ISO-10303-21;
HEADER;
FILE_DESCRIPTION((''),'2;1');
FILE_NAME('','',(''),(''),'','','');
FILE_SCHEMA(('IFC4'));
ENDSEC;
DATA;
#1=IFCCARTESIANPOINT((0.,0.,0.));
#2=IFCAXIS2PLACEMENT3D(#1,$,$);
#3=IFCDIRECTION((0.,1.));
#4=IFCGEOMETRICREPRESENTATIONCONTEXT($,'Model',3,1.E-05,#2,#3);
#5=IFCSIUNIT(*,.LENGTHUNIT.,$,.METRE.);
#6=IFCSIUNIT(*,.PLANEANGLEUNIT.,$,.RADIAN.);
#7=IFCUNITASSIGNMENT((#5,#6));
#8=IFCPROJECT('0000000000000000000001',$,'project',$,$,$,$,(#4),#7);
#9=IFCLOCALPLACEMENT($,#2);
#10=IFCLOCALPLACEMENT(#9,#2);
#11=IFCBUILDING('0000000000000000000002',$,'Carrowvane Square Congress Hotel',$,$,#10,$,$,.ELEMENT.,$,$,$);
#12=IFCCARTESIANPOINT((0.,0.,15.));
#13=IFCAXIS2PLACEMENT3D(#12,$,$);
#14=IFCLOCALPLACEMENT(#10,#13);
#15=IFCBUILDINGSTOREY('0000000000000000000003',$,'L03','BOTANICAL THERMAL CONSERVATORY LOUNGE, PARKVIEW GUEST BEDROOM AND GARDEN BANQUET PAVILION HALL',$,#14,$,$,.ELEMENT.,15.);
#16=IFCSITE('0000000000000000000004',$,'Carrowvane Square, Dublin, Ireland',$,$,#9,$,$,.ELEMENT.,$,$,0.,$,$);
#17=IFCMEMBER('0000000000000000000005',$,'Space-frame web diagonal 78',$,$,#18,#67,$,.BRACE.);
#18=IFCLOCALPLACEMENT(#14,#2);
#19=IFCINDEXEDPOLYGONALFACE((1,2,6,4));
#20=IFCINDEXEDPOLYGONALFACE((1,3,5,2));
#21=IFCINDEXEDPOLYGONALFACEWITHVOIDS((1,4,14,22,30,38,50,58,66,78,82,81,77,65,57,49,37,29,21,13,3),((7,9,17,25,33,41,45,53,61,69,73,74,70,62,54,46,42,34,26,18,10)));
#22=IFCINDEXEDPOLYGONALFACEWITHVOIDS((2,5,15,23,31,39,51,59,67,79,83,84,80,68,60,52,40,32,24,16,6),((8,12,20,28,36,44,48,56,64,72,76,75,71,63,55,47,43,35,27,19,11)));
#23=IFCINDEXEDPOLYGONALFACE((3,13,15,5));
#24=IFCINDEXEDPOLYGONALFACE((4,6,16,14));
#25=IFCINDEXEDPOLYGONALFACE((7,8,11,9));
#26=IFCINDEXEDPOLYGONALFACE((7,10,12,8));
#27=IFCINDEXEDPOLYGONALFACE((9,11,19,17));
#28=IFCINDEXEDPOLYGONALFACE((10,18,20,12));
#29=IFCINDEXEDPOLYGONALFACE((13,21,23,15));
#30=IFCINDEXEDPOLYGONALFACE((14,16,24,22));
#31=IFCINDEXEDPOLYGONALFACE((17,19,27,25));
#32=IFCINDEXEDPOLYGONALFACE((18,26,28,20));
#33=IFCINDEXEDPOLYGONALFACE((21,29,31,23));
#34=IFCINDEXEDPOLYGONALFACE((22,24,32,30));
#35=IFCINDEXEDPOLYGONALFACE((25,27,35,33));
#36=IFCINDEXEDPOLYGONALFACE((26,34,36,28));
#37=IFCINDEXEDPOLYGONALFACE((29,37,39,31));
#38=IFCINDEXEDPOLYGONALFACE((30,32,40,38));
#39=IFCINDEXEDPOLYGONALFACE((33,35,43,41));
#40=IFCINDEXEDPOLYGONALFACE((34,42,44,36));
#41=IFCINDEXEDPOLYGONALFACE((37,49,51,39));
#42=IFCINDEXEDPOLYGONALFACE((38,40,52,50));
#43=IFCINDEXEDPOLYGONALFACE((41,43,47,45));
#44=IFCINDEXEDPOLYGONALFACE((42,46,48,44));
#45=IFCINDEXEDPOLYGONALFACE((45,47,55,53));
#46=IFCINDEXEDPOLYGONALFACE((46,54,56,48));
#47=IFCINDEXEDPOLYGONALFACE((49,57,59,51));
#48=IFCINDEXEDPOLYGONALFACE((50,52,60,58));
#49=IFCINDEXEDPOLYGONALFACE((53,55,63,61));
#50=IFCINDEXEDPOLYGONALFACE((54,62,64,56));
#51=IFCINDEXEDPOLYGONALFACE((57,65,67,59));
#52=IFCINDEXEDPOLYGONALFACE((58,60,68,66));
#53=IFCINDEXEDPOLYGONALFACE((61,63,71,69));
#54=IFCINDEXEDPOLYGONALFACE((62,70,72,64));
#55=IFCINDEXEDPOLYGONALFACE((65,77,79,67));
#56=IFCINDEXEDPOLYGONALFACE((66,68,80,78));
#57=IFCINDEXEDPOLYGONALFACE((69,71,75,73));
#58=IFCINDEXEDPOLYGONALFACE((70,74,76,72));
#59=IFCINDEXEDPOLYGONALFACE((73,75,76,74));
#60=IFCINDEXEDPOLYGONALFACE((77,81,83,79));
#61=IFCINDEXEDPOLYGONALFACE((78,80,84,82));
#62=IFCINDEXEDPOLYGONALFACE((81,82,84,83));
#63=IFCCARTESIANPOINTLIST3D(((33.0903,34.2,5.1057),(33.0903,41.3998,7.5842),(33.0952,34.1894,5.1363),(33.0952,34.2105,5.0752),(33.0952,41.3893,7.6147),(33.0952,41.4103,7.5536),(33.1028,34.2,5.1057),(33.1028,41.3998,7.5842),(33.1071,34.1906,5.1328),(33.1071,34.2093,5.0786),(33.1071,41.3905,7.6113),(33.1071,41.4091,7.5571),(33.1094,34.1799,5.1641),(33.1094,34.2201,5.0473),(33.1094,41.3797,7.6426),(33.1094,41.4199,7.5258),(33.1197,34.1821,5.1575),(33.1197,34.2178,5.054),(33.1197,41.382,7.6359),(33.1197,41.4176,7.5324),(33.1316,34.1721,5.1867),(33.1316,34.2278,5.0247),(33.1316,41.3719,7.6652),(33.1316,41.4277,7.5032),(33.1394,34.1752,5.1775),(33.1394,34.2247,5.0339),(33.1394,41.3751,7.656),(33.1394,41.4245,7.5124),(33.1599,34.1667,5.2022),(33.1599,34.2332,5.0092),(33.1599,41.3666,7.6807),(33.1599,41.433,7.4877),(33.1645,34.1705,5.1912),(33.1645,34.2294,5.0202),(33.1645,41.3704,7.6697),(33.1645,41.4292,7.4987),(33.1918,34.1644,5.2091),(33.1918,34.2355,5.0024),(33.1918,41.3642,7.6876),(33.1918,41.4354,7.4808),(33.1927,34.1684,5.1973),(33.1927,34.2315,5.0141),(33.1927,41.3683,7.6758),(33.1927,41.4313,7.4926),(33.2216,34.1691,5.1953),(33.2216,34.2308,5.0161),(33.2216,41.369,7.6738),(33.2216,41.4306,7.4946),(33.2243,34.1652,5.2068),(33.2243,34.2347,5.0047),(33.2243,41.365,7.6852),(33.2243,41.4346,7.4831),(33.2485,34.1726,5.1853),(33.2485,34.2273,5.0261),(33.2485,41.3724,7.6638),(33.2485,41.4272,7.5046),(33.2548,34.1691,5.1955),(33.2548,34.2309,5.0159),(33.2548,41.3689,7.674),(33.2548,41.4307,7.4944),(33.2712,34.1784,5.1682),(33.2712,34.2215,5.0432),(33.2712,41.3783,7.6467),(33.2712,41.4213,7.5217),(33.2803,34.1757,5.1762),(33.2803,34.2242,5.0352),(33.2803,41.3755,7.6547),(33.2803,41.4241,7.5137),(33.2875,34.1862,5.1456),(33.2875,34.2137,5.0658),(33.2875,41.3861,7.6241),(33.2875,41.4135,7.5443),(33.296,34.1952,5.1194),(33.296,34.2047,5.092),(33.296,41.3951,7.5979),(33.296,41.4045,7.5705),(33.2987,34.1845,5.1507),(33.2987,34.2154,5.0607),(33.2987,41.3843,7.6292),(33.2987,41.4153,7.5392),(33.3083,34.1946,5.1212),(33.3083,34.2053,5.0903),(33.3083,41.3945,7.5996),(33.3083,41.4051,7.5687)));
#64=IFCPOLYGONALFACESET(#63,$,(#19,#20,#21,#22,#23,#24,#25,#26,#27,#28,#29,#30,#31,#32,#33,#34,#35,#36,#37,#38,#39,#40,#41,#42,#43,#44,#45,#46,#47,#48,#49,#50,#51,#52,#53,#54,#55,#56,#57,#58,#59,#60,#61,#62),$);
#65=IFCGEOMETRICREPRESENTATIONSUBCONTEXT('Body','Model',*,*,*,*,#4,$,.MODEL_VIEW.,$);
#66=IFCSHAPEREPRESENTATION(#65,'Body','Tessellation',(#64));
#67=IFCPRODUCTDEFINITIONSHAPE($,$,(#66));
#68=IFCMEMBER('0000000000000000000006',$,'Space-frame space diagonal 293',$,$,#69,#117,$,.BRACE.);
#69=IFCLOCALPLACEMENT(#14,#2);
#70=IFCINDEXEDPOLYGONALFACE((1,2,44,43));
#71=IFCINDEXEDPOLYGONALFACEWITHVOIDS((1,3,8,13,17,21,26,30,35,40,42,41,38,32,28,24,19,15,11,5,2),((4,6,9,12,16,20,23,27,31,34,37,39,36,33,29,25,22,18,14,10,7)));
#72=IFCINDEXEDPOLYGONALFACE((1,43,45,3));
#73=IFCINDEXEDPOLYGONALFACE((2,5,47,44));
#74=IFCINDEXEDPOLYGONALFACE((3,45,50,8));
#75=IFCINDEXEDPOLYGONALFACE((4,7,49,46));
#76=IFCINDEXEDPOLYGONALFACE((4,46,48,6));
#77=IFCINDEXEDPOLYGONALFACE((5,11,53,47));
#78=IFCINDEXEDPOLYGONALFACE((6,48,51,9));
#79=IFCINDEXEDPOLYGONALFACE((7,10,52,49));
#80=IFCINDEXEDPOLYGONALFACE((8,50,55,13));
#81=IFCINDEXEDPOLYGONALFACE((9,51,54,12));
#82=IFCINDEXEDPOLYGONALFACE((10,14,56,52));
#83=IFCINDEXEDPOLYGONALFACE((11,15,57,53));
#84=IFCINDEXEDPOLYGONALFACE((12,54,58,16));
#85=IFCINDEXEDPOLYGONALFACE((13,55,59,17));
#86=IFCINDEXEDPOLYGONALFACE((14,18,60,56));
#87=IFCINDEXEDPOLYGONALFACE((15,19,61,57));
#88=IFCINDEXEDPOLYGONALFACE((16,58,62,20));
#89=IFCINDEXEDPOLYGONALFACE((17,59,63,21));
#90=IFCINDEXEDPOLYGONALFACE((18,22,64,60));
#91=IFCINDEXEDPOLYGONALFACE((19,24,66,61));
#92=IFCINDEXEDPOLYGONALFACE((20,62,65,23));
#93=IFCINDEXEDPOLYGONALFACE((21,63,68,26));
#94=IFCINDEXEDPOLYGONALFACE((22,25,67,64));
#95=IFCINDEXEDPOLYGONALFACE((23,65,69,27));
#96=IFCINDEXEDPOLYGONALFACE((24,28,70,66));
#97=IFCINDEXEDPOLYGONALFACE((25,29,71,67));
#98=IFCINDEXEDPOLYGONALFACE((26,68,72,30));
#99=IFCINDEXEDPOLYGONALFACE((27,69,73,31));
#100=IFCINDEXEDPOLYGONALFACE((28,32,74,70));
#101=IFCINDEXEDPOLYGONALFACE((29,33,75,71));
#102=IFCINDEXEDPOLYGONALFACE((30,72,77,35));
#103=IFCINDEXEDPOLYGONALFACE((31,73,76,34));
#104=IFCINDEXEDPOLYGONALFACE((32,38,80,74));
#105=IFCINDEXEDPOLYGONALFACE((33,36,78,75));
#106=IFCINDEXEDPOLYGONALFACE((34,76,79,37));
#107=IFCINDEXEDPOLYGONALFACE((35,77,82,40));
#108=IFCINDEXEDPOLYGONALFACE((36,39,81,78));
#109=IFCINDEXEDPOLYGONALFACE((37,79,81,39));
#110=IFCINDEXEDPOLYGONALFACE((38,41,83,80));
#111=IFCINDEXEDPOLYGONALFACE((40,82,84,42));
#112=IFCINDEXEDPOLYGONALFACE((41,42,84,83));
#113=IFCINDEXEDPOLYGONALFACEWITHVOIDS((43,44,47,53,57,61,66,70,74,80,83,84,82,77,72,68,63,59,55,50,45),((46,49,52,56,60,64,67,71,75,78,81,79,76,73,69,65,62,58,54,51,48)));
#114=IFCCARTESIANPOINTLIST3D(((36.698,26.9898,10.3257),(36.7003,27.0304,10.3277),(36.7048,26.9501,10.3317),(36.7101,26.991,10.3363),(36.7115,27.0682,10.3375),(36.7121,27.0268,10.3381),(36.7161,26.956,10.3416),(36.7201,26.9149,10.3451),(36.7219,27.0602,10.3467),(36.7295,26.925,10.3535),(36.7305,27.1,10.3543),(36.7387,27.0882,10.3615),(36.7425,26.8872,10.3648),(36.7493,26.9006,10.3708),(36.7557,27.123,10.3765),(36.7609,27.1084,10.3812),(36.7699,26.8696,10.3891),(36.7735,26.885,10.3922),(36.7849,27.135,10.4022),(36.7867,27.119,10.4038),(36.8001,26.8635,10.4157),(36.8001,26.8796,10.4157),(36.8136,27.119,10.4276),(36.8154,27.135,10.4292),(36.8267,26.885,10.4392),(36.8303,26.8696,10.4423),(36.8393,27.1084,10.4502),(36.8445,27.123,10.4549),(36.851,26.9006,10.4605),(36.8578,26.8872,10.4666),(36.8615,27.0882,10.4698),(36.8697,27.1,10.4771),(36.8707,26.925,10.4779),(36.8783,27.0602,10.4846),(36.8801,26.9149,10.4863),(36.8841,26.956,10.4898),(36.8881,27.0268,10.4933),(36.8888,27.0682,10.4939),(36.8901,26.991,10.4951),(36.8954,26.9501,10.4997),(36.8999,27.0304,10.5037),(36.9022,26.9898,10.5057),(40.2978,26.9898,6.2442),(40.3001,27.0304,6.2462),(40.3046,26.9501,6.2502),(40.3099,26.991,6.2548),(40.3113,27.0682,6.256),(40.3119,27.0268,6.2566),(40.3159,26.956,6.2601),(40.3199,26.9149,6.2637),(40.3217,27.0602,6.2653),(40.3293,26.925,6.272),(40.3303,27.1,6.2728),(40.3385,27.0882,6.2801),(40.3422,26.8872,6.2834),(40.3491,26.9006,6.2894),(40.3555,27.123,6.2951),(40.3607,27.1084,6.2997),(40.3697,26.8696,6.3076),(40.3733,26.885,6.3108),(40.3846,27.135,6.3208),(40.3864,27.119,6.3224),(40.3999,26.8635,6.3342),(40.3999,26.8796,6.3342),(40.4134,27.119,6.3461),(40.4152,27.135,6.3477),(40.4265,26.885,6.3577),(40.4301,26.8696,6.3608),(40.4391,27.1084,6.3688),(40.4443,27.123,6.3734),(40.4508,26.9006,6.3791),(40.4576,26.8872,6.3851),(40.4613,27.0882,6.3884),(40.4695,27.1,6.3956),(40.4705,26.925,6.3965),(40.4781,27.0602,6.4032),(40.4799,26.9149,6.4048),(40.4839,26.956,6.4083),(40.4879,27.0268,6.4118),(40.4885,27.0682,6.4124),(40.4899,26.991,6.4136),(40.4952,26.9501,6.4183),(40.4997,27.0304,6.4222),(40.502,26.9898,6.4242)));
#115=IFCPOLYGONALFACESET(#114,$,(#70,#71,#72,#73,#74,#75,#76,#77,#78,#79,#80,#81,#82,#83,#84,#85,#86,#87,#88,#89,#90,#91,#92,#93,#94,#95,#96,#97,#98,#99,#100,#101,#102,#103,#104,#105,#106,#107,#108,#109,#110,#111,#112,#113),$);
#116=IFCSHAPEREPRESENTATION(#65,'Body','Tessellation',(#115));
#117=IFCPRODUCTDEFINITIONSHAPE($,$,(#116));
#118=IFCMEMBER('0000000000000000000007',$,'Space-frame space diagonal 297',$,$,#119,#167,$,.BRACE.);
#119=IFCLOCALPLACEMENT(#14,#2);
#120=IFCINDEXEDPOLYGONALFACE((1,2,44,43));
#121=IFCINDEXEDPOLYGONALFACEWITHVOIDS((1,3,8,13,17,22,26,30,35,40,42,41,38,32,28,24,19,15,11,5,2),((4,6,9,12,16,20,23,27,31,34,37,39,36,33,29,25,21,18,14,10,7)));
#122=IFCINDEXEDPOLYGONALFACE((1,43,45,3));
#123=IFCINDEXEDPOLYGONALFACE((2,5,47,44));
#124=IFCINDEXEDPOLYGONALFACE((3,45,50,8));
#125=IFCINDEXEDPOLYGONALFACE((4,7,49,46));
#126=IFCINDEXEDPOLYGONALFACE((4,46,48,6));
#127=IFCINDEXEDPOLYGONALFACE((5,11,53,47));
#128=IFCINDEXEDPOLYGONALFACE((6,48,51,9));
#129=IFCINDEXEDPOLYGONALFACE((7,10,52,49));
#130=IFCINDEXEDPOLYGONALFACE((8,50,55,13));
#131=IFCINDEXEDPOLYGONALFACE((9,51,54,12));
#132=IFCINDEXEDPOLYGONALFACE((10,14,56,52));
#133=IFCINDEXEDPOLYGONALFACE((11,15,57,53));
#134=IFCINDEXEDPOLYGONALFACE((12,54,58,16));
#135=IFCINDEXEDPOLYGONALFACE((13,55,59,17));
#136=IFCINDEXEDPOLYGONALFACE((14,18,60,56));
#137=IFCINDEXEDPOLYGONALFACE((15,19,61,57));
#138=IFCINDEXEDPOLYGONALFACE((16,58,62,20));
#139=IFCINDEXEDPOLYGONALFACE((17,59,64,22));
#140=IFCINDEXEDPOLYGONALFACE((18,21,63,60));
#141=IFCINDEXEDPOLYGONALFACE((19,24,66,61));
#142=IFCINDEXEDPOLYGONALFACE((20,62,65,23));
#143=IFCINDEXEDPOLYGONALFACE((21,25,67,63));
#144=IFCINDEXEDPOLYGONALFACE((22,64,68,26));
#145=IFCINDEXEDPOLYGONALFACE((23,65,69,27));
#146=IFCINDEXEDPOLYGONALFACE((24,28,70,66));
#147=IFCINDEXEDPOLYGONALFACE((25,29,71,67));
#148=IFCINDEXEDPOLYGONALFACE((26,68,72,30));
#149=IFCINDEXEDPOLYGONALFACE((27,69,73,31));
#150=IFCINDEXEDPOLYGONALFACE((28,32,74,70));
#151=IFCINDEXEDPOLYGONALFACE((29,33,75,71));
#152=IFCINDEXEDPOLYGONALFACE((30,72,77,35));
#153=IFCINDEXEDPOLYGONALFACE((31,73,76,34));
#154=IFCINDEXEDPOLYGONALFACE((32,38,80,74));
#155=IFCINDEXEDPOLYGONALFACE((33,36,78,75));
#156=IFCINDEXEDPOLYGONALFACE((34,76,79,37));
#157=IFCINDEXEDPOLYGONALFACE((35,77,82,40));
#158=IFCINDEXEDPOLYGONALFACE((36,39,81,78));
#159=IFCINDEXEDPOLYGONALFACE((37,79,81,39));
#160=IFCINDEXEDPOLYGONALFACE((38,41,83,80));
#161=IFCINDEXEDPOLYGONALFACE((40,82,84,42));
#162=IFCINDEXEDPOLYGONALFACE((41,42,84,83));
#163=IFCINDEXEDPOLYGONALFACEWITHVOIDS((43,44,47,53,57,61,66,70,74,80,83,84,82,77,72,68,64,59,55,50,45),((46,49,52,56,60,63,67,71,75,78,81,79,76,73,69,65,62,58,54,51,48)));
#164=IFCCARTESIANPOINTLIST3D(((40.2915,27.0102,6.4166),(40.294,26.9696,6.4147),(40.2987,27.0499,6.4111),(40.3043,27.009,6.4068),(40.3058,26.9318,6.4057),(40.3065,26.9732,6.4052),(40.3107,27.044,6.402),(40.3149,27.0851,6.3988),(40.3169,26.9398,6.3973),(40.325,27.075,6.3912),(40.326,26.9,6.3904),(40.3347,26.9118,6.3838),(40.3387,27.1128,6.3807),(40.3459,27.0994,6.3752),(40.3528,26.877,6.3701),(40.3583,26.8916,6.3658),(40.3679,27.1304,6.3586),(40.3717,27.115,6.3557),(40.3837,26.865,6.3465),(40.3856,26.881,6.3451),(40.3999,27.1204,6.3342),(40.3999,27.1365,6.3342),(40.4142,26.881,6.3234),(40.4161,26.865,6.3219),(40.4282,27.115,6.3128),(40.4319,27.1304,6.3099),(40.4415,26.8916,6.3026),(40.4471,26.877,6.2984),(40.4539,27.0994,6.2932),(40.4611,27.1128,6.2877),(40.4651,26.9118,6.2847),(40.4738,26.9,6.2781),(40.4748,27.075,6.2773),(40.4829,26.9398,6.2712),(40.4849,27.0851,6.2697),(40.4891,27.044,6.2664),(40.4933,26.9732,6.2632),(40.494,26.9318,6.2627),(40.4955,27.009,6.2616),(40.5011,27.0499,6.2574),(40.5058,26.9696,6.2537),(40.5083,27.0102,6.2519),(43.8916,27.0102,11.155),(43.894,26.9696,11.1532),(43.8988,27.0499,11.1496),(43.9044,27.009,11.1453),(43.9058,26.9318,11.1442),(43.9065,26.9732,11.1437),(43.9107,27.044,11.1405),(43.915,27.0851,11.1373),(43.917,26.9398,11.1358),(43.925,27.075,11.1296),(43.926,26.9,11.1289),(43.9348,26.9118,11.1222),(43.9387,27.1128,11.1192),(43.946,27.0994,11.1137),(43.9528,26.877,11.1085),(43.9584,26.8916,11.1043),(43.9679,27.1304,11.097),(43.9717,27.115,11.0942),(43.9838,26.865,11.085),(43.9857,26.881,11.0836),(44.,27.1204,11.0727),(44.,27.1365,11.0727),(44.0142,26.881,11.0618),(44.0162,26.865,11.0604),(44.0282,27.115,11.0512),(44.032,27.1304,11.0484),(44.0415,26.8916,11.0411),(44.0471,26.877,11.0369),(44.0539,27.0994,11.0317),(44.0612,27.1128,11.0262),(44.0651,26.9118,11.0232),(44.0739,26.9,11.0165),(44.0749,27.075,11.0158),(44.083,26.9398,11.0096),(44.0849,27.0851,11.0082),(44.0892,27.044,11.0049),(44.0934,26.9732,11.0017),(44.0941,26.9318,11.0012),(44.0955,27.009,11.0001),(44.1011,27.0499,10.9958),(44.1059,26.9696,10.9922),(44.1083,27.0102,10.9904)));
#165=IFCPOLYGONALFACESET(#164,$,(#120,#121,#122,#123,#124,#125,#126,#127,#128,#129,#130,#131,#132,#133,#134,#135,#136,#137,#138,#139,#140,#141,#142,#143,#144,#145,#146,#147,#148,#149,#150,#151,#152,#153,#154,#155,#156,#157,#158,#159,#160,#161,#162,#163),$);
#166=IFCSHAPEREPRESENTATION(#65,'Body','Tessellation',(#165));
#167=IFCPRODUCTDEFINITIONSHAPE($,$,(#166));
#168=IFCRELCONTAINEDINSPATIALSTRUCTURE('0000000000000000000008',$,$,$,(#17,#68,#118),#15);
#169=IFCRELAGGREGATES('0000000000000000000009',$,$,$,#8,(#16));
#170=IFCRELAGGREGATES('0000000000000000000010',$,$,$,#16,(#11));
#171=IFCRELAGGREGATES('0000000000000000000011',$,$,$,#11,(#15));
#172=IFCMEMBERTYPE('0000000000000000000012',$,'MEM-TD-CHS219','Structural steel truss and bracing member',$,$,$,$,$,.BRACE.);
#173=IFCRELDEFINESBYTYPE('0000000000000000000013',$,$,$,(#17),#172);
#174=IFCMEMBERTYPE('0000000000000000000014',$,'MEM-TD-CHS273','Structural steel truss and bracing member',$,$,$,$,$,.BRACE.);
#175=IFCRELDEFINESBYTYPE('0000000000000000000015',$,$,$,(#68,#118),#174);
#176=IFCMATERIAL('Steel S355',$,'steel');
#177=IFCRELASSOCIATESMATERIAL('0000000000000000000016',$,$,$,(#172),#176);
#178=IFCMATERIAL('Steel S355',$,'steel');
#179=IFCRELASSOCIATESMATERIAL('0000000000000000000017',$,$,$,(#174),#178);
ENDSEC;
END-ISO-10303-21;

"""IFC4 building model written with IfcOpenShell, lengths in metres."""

from ifc_helpers import new_model, si_unit, direction, frame, origin, origin_2d, place, context, subcontext, project, spatial, hollow_circle, extrude, material, material_profile, profile_set, type_object, element, save


model = new_model("IFC4")

# Units and contexts
model_context = context("Model", 3, precision=1e-05, world=origin(), true_north=direction((0.0, 1.0)))
body_context = subcontext(model_context, "Body", "Model", "MODEL_VIEW")
ifc_project = project(units=[si_unit("LENGTHUNIT", "METRE"), si_unit("PLANEANGLEUNIT", "RADIAN")], contexts=[model_context])

# Site, building, storey
site_placement = place(None, origin())
site = spatial("IfcSite", under=ifc_project, at=site_placement, Name="Carrowvane Square, Dublin, Ireland", CompositionType="ELEMENT", RefElevation=0.0)
building_placement = place(site_placement, origin())
building = spatial("IfcBuilding", under=site, at=building_placement, Name="Carrowvane Square Congress Hotel", CompositionType="ELEMENT")
storey_placement = place(building_placement, frame((0.0, 0.0, 15.0)))
storey = spatial("IfcBuildingStorey", under=building, at=storey_placement, Name="L03", Description="BOTANICAL THERMAL CONSERVATORY LOUNGE, PARKVIEW GUEST BEDROOM AND GARDEN BANQUET PAVILION HALL", CompositionType="ELEMENT", Elevation=15.0)

# Members
ifc_material_1 = material(Name="Steel S355", Category="steel")
ifc_material_profile_1 = material_profile(ifc_material_1, hollow_circle(Radius=0.1096, WallThickness=0.0125, at=origin_2d()), Name="CHS 219.1x12.5")
ifc_profile_set_1 = profile_set([ifc_material_profile_1], Name="Steel S355")
member_type_1 = type_object("IfcMemberType", Name="MEM-TD-CHS219", Description="Structural steel truss and bracing member", PredefinedType="BRACE", material=ifc_profile_set_1)
member_1_placement = place(storey_placement, frame((33.2, 34.2, 5.1057), z_axis=(0.0, 0.945544, 0.325495), x_axis=(-1.0, 0.0, 0.0)))
element("IfcMember", 1, at=member_1_placement, inside=storey, type_object=member_type_1, Name="Space-frame web diagonal 78", PredefinedType="BRACE", context=body_context, shape_type="SweptSolid", body=[
    extrude(hollow_circle(Radius=0.1096, WallThickness=0.0125, at=origin_2d()), origin(), (0.0, 0.0, 1.0), 7.6145),
])
ifc_material_2 = material(Name="Steel S355", Category="steel")
ifc_material_profile_2 = material_profile(ifc_material_2, hollow_circle(Radius=0.1365, WallThickness=0.0161, at=origin_2d()), Name="CHS 273.0x16")
ifc_profile_set_2 = profile_set([ifc_material_profile_2], Name="Steel S355")
member_type_2 = type_object("IfcMemberType", Name="MEM-TD-CHS273", Description="Structural steel truss and bracing member", PredefinedType="BRACE", material=ifc_profile_set_2)
member_2_placement = place(storey_placement, frame((40.3999, 27.0, 6.3342), z_axis=(-0.661466, 0.0, 0.749975), x_axis=(0.0, -1.0, 0.0)))
element("IfcMember", 2, at=member_2_placement, inside=storey, type_object=member_type_2, Name="Space-frame space diagonal 293", PredefinedType="BRACE", context=body_context, shape_type="SweptSolid", body=[
    extrude(hollow_circle(Radius=0.1365, WallThickness=0.0161, at=origin_2d()), origin(), (0.0, 0.0, 1.0), 5.4421),
])
member_3_placement = place(storey_placement, frame((40.3999, 27.0, 6.3342), z_axis=(0.604957, 0.0, 0.796258), x_axis=(0.0, 1.0, 0.0)))
element("IfcMember", 3, at=member_3_placement, inside=storey, type_object=member_type_2, Name="Space-frame space diagonal 297", PredefinedType="BRACE", context=body_context, shape_type="SweptSolid", body=[
    extrude(hollow_circle(Radius=0.1365, WallThickness=0.0161, at=origin_2d()), origin(), (0.0, 0.0, 1.0), 5.9509),
])

save(model, "model.ifc")
